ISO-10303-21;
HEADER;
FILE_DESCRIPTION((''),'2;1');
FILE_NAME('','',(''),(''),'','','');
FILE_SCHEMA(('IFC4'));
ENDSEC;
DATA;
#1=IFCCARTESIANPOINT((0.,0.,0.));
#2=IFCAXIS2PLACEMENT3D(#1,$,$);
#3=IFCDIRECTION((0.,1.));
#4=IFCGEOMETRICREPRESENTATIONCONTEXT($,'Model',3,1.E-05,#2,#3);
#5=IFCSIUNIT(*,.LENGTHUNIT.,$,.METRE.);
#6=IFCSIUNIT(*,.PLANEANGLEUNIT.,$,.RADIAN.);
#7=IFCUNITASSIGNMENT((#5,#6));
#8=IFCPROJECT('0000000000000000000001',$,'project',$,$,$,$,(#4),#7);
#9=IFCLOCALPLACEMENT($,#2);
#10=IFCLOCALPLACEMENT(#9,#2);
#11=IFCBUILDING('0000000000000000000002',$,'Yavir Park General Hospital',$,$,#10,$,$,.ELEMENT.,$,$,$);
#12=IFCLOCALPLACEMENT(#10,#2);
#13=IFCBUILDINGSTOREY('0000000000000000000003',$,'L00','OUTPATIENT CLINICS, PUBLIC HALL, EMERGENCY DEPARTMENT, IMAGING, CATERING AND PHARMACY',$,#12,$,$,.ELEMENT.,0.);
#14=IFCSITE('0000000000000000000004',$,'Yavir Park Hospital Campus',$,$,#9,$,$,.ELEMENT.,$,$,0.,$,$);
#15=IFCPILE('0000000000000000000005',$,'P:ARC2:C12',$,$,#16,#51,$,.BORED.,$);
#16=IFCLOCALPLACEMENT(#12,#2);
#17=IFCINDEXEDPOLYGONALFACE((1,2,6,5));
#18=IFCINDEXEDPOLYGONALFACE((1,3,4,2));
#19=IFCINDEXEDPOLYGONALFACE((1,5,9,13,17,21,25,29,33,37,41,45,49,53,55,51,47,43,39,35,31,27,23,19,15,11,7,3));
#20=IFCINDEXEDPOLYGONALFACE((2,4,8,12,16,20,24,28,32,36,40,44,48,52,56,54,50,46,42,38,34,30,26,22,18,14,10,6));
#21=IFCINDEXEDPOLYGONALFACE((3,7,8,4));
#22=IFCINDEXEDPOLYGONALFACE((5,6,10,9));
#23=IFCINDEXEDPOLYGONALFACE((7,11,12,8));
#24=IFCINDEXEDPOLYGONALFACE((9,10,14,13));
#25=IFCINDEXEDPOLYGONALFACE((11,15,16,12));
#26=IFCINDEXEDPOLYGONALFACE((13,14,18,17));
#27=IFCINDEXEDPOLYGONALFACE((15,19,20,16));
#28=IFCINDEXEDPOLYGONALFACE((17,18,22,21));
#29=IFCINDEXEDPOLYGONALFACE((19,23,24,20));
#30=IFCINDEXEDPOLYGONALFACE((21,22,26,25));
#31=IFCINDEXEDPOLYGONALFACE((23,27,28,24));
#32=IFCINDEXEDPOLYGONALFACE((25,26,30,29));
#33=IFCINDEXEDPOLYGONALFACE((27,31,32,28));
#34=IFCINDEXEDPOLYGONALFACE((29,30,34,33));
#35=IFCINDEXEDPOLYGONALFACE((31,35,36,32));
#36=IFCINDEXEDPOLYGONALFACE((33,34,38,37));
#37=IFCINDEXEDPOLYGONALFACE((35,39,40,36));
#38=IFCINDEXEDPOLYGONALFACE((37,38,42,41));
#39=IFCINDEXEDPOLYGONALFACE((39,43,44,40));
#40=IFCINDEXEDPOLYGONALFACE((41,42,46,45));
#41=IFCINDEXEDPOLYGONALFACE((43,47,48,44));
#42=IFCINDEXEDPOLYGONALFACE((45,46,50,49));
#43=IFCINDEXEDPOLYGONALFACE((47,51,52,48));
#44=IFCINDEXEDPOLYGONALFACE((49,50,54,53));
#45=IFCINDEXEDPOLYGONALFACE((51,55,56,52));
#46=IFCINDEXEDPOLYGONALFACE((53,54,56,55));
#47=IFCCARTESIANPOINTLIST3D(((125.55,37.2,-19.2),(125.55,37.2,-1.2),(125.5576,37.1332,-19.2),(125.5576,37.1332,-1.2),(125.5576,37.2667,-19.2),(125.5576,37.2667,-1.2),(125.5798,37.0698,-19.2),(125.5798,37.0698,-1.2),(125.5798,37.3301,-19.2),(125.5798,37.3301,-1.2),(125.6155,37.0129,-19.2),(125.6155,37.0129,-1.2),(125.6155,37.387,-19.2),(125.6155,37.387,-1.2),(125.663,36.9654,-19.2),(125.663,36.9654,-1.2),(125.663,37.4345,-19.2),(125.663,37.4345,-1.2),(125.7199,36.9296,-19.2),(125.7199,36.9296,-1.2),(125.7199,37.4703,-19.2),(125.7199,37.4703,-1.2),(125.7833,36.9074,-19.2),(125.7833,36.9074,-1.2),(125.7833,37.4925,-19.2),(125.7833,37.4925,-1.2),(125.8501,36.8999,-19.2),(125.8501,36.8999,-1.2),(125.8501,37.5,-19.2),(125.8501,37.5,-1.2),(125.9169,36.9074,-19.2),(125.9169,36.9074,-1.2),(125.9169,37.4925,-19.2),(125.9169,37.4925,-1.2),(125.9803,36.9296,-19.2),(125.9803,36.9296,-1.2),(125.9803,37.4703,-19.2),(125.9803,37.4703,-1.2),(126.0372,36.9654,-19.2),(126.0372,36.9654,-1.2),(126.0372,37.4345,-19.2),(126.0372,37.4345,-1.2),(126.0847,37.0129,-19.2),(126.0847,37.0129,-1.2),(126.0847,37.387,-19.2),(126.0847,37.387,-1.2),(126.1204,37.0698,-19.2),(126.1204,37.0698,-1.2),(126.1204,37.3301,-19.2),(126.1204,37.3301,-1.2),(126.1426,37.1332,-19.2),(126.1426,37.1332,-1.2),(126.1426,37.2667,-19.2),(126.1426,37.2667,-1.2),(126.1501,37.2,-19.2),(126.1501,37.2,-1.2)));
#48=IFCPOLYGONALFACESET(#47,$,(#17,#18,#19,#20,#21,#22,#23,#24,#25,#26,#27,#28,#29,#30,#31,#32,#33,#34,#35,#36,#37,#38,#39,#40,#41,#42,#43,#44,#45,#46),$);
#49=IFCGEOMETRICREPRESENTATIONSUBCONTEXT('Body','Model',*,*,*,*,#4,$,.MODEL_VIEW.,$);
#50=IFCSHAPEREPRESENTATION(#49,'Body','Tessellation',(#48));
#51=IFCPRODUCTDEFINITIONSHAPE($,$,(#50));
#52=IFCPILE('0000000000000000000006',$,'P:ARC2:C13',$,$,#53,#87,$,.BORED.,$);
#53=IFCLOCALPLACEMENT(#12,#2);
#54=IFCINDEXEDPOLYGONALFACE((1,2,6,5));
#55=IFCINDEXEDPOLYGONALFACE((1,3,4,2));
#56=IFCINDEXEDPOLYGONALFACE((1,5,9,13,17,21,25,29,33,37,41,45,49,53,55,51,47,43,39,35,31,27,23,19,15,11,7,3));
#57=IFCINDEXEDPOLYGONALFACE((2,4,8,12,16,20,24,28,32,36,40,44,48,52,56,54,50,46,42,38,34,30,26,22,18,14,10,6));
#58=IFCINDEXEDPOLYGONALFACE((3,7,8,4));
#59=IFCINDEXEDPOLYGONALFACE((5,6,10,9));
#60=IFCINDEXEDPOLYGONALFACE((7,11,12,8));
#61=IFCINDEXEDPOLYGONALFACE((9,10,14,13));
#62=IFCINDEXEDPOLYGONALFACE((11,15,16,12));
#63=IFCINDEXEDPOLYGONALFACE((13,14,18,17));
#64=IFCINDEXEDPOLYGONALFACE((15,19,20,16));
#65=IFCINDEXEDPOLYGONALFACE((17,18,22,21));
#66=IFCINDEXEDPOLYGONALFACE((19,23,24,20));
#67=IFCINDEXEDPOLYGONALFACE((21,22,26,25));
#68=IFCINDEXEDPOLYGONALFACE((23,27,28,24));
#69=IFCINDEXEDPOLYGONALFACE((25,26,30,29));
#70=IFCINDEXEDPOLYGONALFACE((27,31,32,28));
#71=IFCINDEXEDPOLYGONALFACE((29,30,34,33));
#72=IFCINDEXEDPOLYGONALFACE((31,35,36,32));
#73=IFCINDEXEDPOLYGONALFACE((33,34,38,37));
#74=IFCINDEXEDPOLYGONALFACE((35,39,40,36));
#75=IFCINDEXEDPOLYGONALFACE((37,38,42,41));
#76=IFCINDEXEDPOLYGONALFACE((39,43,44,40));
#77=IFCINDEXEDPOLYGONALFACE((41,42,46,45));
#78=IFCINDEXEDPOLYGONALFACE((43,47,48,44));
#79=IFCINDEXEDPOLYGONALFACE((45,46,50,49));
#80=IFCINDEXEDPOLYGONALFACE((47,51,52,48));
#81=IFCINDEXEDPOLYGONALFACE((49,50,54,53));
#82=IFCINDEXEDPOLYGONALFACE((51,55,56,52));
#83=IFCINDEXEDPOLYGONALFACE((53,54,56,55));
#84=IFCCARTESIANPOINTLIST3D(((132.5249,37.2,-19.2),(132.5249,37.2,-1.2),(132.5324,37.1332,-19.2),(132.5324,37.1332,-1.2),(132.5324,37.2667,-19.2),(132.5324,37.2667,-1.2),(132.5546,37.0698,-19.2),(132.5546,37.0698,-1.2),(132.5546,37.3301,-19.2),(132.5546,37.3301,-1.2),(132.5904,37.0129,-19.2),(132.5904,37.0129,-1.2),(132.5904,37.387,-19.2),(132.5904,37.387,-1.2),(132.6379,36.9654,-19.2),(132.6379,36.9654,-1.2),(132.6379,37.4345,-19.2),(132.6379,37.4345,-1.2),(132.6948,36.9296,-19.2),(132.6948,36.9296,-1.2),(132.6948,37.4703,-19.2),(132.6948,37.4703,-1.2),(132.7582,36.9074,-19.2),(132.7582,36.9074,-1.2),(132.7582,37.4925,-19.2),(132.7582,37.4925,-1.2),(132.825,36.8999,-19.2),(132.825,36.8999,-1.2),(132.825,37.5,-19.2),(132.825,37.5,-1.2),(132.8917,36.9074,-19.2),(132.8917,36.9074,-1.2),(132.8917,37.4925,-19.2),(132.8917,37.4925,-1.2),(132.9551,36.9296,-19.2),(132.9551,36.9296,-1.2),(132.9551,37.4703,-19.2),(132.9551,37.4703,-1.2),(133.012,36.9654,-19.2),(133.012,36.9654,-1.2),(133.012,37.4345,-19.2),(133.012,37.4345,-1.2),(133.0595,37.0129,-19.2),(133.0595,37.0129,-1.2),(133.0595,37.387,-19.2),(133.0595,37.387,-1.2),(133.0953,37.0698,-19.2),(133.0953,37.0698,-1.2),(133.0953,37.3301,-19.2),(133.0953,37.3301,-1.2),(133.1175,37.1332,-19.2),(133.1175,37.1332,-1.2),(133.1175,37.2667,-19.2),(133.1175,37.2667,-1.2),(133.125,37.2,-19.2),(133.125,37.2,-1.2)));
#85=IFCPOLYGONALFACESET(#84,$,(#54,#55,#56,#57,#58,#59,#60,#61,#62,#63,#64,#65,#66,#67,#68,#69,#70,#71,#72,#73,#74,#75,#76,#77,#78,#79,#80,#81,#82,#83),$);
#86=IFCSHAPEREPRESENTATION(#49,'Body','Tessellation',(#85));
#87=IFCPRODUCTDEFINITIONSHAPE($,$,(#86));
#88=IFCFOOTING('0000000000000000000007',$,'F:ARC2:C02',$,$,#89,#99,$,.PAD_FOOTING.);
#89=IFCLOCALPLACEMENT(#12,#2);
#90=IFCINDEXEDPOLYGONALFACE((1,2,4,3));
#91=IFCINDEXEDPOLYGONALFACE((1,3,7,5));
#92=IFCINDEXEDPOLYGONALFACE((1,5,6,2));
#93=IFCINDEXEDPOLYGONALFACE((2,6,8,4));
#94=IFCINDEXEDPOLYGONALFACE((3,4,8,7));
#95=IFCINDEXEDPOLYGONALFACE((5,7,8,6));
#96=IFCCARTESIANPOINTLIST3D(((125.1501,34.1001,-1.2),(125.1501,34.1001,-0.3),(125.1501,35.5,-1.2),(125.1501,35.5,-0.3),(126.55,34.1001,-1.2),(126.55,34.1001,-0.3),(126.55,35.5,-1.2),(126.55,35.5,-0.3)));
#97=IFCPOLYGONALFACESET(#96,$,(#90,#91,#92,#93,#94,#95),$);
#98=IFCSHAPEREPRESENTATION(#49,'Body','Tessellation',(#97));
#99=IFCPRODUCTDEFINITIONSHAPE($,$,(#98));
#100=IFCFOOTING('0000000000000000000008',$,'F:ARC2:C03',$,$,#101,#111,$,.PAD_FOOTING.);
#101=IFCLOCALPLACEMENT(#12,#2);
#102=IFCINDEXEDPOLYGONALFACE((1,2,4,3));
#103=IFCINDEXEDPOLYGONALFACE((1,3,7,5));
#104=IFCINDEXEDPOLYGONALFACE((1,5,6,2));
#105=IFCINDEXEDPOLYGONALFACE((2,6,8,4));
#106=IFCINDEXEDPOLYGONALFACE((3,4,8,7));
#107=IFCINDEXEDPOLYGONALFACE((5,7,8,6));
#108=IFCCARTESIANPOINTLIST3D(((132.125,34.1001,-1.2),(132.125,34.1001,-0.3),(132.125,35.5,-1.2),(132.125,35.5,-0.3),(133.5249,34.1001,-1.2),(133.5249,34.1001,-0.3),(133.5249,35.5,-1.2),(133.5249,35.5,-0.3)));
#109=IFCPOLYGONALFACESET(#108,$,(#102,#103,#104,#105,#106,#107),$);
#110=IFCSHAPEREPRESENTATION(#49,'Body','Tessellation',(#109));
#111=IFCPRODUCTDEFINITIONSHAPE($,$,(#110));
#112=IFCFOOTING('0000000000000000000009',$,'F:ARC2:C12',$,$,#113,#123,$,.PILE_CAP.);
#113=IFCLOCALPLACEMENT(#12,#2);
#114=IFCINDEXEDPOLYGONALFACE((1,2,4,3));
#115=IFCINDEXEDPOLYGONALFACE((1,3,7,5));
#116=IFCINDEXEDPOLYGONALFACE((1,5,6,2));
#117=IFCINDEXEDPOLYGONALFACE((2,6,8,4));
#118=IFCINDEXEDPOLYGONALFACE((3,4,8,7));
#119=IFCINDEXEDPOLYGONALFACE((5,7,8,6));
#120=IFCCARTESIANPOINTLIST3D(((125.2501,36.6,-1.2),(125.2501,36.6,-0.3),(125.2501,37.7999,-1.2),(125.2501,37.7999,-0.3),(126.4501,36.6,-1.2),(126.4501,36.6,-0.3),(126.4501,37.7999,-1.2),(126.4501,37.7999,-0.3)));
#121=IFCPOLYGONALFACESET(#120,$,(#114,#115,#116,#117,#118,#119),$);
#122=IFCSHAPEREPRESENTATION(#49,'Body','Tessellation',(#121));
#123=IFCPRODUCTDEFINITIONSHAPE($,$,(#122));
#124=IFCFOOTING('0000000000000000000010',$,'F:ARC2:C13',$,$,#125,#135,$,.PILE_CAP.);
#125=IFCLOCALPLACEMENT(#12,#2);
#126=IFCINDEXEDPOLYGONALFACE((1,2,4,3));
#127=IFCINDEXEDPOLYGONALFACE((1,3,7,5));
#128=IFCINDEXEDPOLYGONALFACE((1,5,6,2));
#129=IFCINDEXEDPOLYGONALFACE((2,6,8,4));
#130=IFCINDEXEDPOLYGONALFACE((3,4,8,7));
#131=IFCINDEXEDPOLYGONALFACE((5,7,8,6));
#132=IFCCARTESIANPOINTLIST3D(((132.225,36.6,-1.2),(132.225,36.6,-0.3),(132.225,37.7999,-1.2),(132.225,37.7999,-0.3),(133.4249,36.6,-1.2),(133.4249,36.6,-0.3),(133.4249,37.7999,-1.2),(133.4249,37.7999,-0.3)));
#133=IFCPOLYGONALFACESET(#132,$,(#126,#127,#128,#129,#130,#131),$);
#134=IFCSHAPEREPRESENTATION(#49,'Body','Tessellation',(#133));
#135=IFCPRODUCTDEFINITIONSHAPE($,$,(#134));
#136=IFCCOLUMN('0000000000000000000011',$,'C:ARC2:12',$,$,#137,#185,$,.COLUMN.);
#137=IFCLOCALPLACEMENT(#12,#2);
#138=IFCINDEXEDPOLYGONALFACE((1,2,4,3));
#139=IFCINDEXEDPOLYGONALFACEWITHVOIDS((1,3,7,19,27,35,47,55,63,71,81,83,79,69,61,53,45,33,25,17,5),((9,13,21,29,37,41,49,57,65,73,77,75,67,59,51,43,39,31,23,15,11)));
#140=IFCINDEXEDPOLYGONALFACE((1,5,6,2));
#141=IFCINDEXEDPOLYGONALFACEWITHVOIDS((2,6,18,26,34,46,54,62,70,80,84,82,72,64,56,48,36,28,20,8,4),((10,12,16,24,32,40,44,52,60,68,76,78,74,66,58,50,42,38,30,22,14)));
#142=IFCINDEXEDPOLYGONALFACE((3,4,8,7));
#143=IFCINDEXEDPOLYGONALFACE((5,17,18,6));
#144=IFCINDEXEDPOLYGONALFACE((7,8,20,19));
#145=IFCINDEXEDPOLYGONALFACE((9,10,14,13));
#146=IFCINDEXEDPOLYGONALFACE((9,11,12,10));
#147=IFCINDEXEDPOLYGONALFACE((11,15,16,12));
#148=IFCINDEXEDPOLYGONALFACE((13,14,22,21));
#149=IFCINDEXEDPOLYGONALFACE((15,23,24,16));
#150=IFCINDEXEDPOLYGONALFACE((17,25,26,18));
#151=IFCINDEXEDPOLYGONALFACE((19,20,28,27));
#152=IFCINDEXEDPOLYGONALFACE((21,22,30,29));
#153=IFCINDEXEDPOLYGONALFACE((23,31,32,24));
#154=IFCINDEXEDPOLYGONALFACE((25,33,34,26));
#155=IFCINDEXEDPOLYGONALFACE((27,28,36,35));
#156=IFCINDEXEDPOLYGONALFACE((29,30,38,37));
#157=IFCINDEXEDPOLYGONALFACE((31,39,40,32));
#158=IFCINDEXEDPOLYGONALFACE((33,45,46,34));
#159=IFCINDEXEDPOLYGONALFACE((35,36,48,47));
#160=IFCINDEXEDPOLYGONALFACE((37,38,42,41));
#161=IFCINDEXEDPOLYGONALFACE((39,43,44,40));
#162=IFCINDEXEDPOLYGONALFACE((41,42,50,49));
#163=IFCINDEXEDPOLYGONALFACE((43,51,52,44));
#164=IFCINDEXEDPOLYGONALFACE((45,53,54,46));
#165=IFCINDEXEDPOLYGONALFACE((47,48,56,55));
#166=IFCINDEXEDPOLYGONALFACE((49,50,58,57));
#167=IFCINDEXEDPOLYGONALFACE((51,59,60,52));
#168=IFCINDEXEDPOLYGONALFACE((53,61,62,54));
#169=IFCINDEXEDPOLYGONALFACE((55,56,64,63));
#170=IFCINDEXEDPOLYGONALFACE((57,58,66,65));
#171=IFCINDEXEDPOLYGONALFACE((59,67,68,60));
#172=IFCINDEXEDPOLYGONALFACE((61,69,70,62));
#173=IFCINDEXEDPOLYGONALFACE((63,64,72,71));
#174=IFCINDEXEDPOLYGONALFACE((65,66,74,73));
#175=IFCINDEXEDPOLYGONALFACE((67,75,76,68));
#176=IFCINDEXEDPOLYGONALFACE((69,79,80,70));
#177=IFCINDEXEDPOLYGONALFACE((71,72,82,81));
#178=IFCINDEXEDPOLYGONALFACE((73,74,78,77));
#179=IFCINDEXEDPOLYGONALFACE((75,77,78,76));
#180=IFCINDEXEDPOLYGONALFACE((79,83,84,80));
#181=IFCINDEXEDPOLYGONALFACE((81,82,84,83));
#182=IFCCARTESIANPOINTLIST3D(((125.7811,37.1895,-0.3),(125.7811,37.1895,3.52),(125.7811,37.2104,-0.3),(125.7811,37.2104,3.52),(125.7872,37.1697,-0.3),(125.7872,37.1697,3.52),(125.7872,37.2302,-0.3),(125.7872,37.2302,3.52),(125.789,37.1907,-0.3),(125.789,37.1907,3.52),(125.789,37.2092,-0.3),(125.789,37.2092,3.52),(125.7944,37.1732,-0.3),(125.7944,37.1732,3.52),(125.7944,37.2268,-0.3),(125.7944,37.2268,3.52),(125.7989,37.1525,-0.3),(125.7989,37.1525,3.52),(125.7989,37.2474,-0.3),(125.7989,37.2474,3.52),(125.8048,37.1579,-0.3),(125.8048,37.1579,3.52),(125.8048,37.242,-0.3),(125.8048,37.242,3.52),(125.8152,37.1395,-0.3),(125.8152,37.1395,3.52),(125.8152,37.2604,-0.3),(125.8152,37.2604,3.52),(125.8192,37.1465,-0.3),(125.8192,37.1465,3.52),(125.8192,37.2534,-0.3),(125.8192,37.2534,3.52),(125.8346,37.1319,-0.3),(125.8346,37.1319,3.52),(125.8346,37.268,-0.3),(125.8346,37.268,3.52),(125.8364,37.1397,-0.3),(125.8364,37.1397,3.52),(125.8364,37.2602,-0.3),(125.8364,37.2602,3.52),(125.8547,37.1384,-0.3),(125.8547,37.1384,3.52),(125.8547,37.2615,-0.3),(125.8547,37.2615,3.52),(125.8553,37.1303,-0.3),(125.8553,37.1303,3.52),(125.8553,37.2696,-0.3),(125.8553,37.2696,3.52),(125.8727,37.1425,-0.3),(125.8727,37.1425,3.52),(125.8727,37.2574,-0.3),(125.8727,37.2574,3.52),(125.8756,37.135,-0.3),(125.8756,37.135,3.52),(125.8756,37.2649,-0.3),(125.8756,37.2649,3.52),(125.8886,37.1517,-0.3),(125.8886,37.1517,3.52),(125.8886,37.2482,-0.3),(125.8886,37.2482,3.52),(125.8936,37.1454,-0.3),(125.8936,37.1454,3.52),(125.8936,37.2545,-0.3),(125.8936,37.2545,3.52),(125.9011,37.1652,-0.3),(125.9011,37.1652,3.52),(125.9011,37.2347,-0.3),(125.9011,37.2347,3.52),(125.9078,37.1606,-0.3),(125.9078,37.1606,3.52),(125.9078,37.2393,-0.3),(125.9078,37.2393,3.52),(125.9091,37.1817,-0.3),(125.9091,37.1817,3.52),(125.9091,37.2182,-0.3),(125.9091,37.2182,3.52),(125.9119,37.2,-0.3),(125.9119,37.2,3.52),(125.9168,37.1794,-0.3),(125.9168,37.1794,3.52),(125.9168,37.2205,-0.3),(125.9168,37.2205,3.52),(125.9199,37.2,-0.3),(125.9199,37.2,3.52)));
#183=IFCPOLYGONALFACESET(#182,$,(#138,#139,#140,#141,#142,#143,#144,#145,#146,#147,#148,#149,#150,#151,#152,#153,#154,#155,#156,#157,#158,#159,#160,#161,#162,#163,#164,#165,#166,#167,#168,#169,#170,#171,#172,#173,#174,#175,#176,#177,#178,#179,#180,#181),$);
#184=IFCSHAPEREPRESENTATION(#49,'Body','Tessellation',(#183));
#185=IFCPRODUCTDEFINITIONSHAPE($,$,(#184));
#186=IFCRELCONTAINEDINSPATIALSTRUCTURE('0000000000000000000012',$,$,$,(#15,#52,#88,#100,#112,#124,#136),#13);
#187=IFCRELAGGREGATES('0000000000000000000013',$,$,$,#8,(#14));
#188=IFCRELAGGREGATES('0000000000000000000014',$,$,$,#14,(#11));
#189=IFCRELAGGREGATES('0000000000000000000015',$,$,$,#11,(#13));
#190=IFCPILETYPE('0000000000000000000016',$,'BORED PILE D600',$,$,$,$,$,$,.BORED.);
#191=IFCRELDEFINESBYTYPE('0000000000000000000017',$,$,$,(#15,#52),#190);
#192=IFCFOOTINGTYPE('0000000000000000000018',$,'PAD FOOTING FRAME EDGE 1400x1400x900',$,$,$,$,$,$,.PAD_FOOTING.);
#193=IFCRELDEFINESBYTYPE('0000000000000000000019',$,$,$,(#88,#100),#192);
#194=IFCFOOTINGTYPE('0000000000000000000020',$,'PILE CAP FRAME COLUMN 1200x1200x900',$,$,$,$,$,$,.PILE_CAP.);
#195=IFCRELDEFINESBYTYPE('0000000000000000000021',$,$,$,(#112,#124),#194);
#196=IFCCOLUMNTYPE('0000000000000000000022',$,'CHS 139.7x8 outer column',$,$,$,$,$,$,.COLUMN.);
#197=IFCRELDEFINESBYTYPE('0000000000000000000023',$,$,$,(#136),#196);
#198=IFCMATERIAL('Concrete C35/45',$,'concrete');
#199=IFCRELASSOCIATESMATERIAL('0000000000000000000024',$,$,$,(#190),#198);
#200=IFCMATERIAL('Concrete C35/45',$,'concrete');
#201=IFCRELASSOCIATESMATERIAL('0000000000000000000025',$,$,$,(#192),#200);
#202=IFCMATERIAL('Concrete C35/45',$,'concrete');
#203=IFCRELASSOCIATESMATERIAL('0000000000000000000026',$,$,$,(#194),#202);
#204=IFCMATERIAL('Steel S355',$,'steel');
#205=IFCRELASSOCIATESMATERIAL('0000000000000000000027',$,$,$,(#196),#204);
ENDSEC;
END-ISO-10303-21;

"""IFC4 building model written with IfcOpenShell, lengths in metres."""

from ifc_helpers import new_model, si_unit, direction, frame, origin, origin_2d, place, context, subcontext, project, spatial, rectangle, circle, hollow_circle, extrude, material, material_profile, profile_set, type_object, element, save


model = new_model("IFC4")

# Units and contexts
model_context = context("Model", 3, precision=1e-05, world=origin(), true_north=direction((0.0, 1.0)))
body_context = subcontext(model_context, "Body", "Model", "MODEL_VIEW")
ifc_project = project(units=[si_unit("LENGTHUNIT", "METRE"), si_unit("PLANEANGLEUNIT", "RADIAN")], contexts=[model_context])

# Site, building, storey
site_placement = place(None, origin())
site = spatial("IfcSite", under=ifc_project, at=site_placement, Name="Yavir Park Hospital Campus", CompositionType="ELEMENT", RefElevation=0.0)
building_placement = place(site_placement, origin())
building = spatial("IfcBuilding", under=site, at=building_placement, Name="Yavir Park General Hospital", CompositionType="ELEMENT")
storey_placement = place(building_placement, origin())
storey = spatial("IfcBuildingStorey", under=building, at=storey_placement, Name="L00", Description="OUTPATIENT CLINICS, PUBLIC HALL, EMERGENCY DEPARTMENT, IMAGING, CATERING AND PHARMACY", CompositionType="ELEMENT", Elevation=0.0)

# Piles
ifc_material_1 = material(Name="Concrete C35/45", Category="concrete")
ifc_material_profile_1 = material_profile(ifc_material_1, circle(Radius=0.3, at=origin_2d()), Name="D600")
ifc_profile_set_1 = profile_set([ifc_material_profile_1], Name="Concrete C35/45")
pile_type = type_object("IfcPileType", Name="BORED PILE D600", PredefinedType="BORED", material=ifc_profile_set_1)
for number, where, z_axis, x_axis, name in (
    (1, (125.8501, 37.2, -1.2), (0.0, 0.0, -1.0), (1.0, 0.0, 0.0), "P:ARC2:C12"),
    (2, (132.825, 37.2, -1.2), (0.0, 0.0, -1.0), (1.0, 0.0, 0.0), "P:ARC2:C13"),
):
    element("IfcPile", number, at=place(storey_placement, frame(where, z_axis=z_axis, x_axis=x_axis)), inside=storey, type_object=pile_type, Name=name, PredefinedType="BORED", context=body_context, shape_type="SweptSolid", body=[
        extrude(circle(Radius=0.3, at=origin_2d()), origin(), (0.0, 0.0, 1.0), 18.0),
    ])

# Footings
ifc_material_2 = material(Name="Concrete C35/45", Category="concrete")
footing_type_1 = type_object("IfcFootingType", Name="PAD FOOTING FRAME EDGE 1400x1400x900", PredefinedType="PAD_FOOTING", material=ifc_material_2)
for number, where, z_axis, x_axis, name in (
    (3, (125.8501, 34.8, -1.2), (0.0, 0.0, 1.0), (1.0, 0.0, 0.0), "F:ARC2:C02"),
    (4, (132.825, 34.8, -1.2), (0.0, 0.0, 1.0), (1.0, 0.0, 0.0), "F:ARC2:C03"),
):
    element("IfcFooting", number, at=place(storey_placement, frame(where, z_axis=z_axis, x_axis=x_axis)), inside=storey, type_object=footing_type_1, Name=name, PredefinedType="PAD_FOOTING", context=body_context, shape_type="SweptSolid", body=[
        extrude(rectangle(XDim=1.3999, YDim=1.3999, at=origin_2d()), origin(), (0.0, 0.0, 1.0), 0.8999),
    ])
ifc_material_3 = material(Name="Concrete C35/45", Category="concrete")
footing_type_2 = type_object("IfcFootingType", Name="PILE CAP FRAME COLUMN 1200x1200x900", PredefinedType="PILE_CAP", material=ifc_material_3)
for number, where, z_axis, x_axis, name in (
    (5, (125.8501, 37.2, -1.2), (0.0, 0.0, 1.0), (1.0, 0.0, 0.0), "F:ARC2:C12"),
    (6, (132.825, 37.2, -1.2), (0.0, 0.0, 1.0), (1.0, 0.0, 0.0), "F:ARC2:C13"),
):
    element("IfcFooting", number, at=place(storey_placement, frame(where, z_axis=z_axis, x_axis=x_axis)), inside=storey, type_object=footing_type_2, Name=name, PredefinedType="PILE_CAP", context=body_context, shape_type="SweptSolid", body=[
        extrude(rectangle(XDim=1.2, YDim=1.2, at=origin_2d()), origin(), (0.0, 0.0, 1.0), 0.8999),
    ])

# Column
ifc_material_4 = material(Name="Steel S355", Category="steel")
ifc_material_profile_2 = material_profile(ifc_material_4, hollow_circle(Radius=0.0698, WallThickness=0.0081, at=origin_2d()), Name="CHS139.7x8")
ifc_profile_set_2 = profile_set([ifc_material_profile_2], Name="Steel S355")
column_type_1 = type_object("IfcColumnType", Name="CHS 139.7x8 outer column", PredefinedType="COLUMN", material=ifc_profile_set_2)
for number, where, z_axis, x_axis, name in (
    (7, (125.8501, 37.2, -0.3), (0.0, 0.0, 1.0), (1.0, 0.0, 0.0), "C:ARC2:12"),
):
    element("IfcColumn", number, at=place(storey_placement, frame(where, z_axis=z_axis, x_axis=x_axis)), inside=storey, type_object=column_type_1, Name=name, PredefinedType="COLUMN", context=body_context, shape_type="SweptSolid", body=[
        extrude(hollow_circle(Radius=0.0698, WallThickness=0.0081, at=origin_2d()), origin(), (0.0, 0.0, 1.0), 3.8201),
    ])

save(model, "model.ifc")
